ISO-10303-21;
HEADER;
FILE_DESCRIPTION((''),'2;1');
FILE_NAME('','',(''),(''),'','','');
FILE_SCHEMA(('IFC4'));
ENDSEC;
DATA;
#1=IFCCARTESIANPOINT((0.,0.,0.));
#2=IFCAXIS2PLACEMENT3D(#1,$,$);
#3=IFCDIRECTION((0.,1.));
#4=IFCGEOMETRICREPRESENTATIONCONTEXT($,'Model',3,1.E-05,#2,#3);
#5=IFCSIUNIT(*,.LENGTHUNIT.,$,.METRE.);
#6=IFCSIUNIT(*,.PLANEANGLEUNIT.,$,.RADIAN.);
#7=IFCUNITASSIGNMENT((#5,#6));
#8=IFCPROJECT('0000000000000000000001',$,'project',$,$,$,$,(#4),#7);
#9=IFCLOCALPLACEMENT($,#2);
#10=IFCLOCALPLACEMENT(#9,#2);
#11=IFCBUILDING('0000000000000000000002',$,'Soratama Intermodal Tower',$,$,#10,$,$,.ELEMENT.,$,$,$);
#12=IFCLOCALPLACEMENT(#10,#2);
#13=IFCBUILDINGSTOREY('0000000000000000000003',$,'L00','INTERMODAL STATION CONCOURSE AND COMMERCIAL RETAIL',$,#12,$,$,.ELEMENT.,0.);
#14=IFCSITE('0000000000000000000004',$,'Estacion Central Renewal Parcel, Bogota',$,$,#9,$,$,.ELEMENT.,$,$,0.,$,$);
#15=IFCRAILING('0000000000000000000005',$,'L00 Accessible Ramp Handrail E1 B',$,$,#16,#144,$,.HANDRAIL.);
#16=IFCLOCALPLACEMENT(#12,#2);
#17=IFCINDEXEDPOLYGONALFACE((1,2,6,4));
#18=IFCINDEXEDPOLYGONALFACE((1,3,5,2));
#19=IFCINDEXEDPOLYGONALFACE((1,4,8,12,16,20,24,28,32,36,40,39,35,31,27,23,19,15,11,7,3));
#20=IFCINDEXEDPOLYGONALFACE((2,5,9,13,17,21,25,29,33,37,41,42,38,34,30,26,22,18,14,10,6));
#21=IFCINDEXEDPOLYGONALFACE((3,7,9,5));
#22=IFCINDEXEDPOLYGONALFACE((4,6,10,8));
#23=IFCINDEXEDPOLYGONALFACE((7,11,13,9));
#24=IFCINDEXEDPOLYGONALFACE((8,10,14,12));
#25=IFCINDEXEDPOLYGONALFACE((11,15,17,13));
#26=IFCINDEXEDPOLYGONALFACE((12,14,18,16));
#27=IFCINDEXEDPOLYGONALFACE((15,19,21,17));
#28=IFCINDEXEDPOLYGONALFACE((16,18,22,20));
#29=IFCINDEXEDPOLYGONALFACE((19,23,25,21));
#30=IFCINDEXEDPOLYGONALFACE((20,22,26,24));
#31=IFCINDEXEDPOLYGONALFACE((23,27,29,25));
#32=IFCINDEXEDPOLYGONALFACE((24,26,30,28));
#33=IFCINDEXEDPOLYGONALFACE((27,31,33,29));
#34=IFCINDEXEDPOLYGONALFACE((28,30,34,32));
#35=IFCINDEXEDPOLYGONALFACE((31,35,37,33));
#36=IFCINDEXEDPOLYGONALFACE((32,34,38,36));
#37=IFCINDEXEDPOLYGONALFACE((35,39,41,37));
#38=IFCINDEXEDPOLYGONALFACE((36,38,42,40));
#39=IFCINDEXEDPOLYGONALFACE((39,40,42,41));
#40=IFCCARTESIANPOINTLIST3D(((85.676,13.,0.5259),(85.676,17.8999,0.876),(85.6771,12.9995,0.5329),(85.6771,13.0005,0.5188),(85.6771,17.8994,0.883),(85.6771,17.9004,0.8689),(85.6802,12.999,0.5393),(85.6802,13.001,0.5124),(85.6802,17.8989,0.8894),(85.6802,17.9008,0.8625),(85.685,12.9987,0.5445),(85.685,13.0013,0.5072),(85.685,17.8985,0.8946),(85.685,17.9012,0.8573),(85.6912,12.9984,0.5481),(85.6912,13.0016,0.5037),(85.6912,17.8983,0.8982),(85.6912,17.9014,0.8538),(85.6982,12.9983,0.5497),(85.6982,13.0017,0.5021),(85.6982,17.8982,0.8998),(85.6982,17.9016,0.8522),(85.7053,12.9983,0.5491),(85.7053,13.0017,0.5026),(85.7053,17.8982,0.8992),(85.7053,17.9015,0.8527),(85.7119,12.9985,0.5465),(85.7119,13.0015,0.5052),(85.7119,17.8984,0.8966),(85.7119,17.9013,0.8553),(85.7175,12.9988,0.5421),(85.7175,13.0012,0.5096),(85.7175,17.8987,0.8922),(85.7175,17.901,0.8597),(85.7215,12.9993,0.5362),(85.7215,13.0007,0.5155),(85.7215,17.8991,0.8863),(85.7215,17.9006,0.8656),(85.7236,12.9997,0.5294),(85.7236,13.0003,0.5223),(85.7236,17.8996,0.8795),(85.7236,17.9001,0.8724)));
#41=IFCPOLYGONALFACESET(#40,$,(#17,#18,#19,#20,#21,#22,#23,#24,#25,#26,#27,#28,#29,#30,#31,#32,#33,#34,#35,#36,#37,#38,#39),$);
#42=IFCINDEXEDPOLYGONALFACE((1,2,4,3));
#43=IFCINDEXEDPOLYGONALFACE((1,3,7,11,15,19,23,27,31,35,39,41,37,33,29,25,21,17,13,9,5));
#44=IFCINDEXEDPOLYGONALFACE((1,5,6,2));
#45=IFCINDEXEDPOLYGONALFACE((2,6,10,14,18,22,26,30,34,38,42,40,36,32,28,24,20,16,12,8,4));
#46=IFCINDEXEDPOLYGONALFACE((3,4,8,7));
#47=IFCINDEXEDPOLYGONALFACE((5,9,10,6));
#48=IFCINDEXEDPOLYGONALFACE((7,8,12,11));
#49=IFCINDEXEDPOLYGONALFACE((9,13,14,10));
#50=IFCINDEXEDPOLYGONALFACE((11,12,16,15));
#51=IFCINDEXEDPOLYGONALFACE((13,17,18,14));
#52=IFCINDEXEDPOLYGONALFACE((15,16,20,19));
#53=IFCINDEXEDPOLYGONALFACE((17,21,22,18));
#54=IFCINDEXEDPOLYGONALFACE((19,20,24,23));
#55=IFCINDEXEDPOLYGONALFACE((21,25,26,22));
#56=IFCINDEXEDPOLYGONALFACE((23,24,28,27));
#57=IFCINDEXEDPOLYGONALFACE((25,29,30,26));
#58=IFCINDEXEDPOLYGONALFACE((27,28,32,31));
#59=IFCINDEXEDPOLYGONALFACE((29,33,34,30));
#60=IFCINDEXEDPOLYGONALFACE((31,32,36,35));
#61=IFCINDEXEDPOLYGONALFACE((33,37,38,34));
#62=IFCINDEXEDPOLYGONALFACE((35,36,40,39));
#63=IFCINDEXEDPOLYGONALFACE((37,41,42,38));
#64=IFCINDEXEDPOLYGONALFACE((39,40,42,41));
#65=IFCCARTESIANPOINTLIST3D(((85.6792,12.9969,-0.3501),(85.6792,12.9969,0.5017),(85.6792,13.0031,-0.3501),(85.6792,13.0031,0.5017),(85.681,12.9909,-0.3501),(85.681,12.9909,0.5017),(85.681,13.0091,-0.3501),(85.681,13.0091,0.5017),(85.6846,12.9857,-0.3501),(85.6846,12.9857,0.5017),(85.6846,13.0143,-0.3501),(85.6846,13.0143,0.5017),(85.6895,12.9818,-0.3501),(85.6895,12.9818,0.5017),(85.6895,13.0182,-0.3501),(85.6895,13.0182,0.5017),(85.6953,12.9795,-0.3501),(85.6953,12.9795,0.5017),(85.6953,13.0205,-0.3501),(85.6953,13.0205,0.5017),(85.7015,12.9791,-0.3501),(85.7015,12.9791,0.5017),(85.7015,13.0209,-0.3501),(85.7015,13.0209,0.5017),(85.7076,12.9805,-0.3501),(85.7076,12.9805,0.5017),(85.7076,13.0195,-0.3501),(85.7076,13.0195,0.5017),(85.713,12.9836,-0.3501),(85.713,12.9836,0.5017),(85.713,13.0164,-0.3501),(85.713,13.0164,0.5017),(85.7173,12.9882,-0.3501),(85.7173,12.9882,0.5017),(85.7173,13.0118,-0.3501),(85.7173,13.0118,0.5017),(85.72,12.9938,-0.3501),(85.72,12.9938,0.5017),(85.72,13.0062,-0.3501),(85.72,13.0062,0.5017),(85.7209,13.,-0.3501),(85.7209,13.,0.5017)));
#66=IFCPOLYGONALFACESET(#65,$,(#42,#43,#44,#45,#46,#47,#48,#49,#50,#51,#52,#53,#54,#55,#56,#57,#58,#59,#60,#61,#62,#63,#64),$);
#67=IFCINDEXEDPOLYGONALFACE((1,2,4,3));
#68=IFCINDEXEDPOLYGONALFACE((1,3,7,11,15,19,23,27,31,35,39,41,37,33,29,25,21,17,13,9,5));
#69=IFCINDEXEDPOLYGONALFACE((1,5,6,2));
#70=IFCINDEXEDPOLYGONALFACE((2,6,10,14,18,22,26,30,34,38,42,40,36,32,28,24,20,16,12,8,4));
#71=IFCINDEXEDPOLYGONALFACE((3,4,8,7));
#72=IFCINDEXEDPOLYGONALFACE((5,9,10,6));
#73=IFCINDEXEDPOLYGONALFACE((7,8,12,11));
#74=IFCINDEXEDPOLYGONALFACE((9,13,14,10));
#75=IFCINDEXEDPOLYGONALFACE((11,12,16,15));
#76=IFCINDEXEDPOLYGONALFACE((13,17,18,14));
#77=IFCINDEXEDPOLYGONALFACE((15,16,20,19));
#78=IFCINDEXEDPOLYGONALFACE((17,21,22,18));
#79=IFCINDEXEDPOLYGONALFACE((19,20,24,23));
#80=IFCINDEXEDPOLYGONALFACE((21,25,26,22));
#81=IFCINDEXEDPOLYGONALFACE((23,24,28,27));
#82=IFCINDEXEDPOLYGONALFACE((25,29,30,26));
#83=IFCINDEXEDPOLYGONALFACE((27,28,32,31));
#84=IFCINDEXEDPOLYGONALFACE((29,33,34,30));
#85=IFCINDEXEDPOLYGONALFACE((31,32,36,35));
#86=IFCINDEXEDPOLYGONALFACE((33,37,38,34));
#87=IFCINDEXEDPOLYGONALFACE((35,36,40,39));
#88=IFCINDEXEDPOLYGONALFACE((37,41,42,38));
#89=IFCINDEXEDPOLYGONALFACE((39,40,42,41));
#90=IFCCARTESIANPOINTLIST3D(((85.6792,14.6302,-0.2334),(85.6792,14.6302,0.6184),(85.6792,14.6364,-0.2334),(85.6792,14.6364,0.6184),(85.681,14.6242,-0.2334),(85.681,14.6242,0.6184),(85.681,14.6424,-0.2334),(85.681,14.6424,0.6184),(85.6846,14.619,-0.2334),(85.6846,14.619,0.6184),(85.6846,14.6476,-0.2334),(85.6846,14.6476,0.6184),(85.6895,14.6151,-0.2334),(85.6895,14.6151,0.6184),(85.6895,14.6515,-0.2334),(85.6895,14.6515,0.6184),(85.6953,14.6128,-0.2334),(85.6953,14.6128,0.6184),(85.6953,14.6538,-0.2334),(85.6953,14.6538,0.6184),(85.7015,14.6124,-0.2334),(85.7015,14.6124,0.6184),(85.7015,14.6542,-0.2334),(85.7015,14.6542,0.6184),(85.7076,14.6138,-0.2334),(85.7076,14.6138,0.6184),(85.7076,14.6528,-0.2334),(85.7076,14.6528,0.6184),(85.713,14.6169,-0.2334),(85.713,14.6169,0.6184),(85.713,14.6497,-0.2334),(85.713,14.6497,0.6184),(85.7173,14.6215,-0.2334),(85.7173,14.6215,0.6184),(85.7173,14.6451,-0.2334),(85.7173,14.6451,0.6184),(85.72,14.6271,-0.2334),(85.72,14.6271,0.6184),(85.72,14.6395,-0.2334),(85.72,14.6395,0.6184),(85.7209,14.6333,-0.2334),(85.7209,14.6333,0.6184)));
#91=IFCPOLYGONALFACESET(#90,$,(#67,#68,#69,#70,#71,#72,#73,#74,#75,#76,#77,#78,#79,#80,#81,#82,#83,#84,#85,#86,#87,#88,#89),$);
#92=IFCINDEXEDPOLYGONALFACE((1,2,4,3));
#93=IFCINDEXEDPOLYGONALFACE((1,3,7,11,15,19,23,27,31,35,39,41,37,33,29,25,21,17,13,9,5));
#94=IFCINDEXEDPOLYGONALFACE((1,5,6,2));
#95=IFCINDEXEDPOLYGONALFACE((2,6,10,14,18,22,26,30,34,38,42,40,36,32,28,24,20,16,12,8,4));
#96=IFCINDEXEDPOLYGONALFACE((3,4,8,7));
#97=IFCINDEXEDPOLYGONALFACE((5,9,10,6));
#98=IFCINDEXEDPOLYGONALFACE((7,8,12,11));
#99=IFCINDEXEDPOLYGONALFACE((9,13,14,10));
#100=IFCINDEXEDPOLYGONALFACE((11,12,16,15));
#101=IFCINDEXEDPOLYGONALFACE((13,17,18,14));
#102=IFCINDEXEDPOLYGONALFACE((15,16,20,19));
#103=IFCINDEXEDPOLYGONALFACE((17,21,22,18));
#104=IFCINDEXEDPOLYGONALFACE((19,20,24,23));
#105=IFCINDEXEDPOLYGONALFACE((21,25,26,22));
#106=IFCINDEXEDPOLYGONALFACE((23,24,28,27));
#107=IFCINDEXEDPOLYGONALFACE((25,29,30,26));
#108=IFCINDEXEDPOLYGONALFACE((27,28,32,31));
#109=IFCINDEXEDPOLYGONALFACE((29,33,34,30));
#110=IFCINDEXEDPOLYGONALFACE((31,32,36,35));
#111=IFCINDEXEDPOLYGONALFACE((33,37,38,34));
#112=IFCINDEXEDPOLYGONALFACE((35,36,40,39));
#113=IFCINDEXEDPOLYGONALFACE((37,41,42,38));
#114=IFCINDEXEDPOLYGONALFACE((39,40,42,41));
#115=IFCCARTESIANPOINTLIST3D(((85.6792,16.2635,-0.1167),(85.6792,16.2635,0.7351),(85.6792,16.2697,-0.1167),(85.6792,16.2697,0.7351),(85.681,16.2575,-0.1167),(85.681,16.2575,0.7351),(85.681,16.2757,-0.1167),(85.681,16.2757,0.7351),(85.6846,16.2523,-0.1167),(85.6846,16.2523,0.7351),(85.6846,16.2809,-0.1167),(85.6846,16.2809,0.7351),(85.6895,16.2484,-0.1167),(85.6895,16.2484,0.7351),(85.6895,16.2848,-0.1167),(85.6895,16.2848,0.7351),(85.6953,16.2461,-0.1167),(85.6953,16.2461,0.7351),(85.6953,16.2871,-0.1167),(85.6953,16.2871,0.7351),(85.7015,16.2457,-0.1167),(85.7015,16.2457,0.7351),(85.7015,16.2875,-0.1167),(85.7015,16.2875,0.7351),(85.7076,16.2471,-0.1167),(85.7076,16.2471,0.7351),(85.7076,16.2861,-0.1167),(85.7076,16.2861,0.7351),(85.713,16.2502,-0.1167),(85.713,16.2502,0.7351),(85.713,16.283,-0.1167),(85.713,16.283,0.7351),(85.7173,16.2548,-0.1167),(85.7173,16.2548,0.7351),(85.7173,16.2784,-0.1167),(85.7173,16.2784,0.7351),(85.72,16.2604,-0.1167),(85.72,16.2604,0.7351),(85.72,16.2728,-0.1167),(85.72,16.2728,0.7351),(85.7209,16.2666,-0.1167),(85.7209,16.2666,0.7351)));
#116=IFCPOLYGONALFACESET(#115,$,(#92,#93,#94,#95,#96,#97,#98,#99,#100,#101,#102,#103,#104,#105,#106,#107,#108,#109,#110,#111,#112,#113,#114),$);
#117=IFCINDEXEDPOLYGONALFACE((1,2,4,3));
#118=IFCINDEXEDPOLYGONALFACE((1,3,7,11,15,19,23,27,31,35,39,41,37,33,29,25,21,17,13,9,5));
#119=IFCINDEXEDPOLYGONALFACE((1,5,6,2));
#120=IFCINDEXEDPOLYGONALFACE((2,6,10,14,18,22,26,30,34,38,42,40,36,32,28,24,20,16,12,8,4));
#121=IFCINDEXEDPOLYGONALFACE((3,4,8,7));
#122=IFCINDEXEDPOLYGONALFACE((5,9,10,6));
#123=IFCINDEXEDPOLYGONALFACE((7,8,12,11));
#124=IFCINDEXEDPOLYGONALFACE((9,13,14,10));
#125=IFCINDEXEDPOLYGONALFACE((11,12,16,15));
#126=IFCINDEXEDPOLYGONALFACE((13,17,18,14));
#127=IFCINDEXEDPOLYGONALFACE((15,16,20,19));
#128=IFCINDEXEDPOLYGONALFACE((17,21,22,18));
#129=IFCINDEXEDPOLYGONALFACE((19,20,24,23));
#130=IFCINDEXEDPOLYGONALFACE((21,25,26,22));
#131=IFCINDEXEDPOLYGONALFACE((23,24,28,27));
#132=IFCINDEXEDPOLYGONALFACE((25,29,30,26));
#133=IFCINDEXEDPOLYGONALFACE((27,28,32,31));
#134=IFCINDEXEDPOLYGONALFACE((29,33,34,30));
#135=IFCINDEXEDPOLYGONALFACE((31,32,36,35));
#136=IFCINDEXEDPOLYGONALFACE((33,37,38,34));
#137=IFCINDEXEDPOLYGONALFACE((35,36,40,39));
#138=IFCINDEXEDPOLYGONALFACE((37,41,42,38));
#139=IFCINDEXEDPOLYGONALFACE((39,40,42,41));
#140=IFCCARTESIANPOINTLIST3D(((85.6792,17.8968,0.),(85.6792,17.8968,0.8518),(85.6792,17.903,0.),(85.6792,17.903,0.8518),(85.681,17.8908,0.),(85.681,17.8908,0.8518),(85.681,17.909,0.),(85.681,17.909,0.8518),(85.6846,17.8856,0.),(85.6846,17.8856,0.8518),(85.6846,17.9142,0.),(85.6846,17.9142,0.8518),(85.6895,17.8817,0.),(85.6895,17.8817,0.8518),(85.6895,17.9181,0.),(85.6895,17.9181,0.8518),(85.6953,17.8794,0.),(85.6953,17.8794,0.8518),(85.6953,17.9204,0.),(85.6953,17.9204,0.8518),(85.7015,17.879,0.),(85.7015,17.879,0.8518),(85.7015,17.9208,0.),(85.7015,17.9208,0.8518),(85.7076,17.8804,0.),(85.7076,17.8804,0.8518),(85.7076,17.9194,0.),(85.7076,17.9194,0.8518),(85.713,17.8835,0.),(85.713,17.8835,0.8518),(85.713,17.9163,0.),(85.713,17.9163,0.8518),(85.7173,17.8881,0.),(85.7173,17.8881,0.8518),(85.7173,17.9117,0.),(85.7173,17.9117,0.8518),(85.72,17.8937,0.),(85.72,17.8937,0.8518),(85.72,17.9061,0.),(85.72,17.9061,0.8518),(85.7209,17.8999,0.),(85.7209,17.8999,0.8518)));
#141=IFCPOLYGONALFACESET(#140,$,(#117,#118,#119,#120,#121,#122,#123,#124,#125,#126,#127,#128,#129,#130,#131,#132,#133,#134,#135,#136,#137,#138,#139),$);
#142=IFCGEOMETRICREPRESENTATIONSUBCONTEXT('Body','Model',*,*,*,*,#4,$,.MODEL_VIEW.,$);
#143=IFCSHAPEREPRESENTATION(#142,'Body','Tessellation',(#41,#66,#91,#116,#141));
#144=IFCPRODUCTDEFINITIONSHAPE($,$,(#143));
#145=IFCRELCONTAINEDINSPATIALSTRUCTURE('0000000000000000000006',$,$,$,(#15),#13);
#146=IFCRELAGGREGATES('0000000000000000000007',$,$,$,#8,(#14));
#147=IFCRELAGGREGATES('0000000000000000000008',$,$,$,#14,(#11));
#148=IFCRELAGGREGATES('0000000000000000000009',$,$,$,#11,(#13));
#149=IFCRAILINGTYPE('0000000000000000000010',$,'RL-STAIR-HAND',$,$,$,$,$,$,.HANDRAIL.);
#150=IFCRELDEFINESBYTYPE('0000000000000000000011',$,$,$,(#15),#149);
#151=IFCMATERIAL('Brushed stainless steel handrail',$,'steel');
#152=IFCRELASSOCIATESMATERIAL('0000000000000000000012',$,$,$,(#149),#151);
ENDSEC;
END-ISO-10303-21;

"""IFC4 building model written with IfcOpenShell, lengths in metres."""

from ifc_helpers import new_model, si_unit, direction, frame, origin, origin_2d, place, context, subcontext, project, spatial, circle, extrude, material, type_object, element, save


model = new_model("IFC4")

# Units and contexts
model_context = context("Model", 3, precision=1e-05, world=origin(), true_north=direction((0.0, 1.0)))
body_context = subcontext(model_context, "Body", "Model", "MODEL_VIEW")
ifc_project = project(units=[si_unit("LENGTHUNIT", "METRE"), si_unit("PLANEANGLEUNIT", "RADIAN")], contexts=[model_context])

# Site, building, storey
site_placement = place(None, origin())
site = spatial("IfcSite", under=ifc_project, at=site_placement, Name="Estacion Central Renewal Parcel, Bogota", CompositionType="ELEMENT", RefElevation=0.0)
building_placement = place(site_placement, origin())
building = spatial("IfcBuilding", under=site, at=building_placement, Name="Soratama Intermodal Tower", CompositionType="ELEMENT")
storey_placement = place(building_placement, origin())
storey = spatial("IfcBuildingStorey", under=building, at=storey_placement, Name="L00", Description="INTERMODAL STATION CONCOURSE AND COMMERCIAL RETAIL", CompositionType="ELEMENT", Elevation=0.0)

# Railing
ifc_material_1 = material(Name="Brushed stainless steel handrail", Category="steel")
railing_type = type_object("IfcRailingType", Name="RL-STAIR-HAND", PredefinedType="HANDRAIL", material=ifc_material_1)
for number, where, name in (
    (1, (85.7, 13.0, -0.3501), "L00 Accessible Ramp Handrail E1 B"),
):
    element("IfcRailing", number, at=place(storey_placement, frame(where)), inside=storey, type_object=railing_type, Name=name, PredefinedType="HANDRAIL", context=body_context, shape_type="SweptSolid", body=[
        extrude(circle(Radius=0.0239, at=origin_2d()), frame((0.0, 0.0, 0.876), z_axis=(0.0, 0.997457, 0.071268), x_axis=(-1.0, 0.0, 0.0)), (0.0, 0.0, 1.0), 4.9124),
        extrude(circle(Radius=0.021, at=origin_2d()), origin(), (0.0, 0.0, 1.0), 0.8518),
        extrude(circle(Radius=0.021, at=origin_2d()), frame((0.0, 1.6333, 0.1167)), (0.0, 0.0, 1.0), 0.8518),
        extrude(circle(Radius=0.021, at=origin_2d()), frame((0.0, 3.2666, 0.2334)), (0.0, 0.0, 1.0), 0.8518),
        extrude(circle(Radius=0.021, at=origin_2d()), frame((0.0, 4.8999, 0.3501)), (0.0, 0.0, 1.0), 0.8518),
    ])

save(model, "model.ifc")
